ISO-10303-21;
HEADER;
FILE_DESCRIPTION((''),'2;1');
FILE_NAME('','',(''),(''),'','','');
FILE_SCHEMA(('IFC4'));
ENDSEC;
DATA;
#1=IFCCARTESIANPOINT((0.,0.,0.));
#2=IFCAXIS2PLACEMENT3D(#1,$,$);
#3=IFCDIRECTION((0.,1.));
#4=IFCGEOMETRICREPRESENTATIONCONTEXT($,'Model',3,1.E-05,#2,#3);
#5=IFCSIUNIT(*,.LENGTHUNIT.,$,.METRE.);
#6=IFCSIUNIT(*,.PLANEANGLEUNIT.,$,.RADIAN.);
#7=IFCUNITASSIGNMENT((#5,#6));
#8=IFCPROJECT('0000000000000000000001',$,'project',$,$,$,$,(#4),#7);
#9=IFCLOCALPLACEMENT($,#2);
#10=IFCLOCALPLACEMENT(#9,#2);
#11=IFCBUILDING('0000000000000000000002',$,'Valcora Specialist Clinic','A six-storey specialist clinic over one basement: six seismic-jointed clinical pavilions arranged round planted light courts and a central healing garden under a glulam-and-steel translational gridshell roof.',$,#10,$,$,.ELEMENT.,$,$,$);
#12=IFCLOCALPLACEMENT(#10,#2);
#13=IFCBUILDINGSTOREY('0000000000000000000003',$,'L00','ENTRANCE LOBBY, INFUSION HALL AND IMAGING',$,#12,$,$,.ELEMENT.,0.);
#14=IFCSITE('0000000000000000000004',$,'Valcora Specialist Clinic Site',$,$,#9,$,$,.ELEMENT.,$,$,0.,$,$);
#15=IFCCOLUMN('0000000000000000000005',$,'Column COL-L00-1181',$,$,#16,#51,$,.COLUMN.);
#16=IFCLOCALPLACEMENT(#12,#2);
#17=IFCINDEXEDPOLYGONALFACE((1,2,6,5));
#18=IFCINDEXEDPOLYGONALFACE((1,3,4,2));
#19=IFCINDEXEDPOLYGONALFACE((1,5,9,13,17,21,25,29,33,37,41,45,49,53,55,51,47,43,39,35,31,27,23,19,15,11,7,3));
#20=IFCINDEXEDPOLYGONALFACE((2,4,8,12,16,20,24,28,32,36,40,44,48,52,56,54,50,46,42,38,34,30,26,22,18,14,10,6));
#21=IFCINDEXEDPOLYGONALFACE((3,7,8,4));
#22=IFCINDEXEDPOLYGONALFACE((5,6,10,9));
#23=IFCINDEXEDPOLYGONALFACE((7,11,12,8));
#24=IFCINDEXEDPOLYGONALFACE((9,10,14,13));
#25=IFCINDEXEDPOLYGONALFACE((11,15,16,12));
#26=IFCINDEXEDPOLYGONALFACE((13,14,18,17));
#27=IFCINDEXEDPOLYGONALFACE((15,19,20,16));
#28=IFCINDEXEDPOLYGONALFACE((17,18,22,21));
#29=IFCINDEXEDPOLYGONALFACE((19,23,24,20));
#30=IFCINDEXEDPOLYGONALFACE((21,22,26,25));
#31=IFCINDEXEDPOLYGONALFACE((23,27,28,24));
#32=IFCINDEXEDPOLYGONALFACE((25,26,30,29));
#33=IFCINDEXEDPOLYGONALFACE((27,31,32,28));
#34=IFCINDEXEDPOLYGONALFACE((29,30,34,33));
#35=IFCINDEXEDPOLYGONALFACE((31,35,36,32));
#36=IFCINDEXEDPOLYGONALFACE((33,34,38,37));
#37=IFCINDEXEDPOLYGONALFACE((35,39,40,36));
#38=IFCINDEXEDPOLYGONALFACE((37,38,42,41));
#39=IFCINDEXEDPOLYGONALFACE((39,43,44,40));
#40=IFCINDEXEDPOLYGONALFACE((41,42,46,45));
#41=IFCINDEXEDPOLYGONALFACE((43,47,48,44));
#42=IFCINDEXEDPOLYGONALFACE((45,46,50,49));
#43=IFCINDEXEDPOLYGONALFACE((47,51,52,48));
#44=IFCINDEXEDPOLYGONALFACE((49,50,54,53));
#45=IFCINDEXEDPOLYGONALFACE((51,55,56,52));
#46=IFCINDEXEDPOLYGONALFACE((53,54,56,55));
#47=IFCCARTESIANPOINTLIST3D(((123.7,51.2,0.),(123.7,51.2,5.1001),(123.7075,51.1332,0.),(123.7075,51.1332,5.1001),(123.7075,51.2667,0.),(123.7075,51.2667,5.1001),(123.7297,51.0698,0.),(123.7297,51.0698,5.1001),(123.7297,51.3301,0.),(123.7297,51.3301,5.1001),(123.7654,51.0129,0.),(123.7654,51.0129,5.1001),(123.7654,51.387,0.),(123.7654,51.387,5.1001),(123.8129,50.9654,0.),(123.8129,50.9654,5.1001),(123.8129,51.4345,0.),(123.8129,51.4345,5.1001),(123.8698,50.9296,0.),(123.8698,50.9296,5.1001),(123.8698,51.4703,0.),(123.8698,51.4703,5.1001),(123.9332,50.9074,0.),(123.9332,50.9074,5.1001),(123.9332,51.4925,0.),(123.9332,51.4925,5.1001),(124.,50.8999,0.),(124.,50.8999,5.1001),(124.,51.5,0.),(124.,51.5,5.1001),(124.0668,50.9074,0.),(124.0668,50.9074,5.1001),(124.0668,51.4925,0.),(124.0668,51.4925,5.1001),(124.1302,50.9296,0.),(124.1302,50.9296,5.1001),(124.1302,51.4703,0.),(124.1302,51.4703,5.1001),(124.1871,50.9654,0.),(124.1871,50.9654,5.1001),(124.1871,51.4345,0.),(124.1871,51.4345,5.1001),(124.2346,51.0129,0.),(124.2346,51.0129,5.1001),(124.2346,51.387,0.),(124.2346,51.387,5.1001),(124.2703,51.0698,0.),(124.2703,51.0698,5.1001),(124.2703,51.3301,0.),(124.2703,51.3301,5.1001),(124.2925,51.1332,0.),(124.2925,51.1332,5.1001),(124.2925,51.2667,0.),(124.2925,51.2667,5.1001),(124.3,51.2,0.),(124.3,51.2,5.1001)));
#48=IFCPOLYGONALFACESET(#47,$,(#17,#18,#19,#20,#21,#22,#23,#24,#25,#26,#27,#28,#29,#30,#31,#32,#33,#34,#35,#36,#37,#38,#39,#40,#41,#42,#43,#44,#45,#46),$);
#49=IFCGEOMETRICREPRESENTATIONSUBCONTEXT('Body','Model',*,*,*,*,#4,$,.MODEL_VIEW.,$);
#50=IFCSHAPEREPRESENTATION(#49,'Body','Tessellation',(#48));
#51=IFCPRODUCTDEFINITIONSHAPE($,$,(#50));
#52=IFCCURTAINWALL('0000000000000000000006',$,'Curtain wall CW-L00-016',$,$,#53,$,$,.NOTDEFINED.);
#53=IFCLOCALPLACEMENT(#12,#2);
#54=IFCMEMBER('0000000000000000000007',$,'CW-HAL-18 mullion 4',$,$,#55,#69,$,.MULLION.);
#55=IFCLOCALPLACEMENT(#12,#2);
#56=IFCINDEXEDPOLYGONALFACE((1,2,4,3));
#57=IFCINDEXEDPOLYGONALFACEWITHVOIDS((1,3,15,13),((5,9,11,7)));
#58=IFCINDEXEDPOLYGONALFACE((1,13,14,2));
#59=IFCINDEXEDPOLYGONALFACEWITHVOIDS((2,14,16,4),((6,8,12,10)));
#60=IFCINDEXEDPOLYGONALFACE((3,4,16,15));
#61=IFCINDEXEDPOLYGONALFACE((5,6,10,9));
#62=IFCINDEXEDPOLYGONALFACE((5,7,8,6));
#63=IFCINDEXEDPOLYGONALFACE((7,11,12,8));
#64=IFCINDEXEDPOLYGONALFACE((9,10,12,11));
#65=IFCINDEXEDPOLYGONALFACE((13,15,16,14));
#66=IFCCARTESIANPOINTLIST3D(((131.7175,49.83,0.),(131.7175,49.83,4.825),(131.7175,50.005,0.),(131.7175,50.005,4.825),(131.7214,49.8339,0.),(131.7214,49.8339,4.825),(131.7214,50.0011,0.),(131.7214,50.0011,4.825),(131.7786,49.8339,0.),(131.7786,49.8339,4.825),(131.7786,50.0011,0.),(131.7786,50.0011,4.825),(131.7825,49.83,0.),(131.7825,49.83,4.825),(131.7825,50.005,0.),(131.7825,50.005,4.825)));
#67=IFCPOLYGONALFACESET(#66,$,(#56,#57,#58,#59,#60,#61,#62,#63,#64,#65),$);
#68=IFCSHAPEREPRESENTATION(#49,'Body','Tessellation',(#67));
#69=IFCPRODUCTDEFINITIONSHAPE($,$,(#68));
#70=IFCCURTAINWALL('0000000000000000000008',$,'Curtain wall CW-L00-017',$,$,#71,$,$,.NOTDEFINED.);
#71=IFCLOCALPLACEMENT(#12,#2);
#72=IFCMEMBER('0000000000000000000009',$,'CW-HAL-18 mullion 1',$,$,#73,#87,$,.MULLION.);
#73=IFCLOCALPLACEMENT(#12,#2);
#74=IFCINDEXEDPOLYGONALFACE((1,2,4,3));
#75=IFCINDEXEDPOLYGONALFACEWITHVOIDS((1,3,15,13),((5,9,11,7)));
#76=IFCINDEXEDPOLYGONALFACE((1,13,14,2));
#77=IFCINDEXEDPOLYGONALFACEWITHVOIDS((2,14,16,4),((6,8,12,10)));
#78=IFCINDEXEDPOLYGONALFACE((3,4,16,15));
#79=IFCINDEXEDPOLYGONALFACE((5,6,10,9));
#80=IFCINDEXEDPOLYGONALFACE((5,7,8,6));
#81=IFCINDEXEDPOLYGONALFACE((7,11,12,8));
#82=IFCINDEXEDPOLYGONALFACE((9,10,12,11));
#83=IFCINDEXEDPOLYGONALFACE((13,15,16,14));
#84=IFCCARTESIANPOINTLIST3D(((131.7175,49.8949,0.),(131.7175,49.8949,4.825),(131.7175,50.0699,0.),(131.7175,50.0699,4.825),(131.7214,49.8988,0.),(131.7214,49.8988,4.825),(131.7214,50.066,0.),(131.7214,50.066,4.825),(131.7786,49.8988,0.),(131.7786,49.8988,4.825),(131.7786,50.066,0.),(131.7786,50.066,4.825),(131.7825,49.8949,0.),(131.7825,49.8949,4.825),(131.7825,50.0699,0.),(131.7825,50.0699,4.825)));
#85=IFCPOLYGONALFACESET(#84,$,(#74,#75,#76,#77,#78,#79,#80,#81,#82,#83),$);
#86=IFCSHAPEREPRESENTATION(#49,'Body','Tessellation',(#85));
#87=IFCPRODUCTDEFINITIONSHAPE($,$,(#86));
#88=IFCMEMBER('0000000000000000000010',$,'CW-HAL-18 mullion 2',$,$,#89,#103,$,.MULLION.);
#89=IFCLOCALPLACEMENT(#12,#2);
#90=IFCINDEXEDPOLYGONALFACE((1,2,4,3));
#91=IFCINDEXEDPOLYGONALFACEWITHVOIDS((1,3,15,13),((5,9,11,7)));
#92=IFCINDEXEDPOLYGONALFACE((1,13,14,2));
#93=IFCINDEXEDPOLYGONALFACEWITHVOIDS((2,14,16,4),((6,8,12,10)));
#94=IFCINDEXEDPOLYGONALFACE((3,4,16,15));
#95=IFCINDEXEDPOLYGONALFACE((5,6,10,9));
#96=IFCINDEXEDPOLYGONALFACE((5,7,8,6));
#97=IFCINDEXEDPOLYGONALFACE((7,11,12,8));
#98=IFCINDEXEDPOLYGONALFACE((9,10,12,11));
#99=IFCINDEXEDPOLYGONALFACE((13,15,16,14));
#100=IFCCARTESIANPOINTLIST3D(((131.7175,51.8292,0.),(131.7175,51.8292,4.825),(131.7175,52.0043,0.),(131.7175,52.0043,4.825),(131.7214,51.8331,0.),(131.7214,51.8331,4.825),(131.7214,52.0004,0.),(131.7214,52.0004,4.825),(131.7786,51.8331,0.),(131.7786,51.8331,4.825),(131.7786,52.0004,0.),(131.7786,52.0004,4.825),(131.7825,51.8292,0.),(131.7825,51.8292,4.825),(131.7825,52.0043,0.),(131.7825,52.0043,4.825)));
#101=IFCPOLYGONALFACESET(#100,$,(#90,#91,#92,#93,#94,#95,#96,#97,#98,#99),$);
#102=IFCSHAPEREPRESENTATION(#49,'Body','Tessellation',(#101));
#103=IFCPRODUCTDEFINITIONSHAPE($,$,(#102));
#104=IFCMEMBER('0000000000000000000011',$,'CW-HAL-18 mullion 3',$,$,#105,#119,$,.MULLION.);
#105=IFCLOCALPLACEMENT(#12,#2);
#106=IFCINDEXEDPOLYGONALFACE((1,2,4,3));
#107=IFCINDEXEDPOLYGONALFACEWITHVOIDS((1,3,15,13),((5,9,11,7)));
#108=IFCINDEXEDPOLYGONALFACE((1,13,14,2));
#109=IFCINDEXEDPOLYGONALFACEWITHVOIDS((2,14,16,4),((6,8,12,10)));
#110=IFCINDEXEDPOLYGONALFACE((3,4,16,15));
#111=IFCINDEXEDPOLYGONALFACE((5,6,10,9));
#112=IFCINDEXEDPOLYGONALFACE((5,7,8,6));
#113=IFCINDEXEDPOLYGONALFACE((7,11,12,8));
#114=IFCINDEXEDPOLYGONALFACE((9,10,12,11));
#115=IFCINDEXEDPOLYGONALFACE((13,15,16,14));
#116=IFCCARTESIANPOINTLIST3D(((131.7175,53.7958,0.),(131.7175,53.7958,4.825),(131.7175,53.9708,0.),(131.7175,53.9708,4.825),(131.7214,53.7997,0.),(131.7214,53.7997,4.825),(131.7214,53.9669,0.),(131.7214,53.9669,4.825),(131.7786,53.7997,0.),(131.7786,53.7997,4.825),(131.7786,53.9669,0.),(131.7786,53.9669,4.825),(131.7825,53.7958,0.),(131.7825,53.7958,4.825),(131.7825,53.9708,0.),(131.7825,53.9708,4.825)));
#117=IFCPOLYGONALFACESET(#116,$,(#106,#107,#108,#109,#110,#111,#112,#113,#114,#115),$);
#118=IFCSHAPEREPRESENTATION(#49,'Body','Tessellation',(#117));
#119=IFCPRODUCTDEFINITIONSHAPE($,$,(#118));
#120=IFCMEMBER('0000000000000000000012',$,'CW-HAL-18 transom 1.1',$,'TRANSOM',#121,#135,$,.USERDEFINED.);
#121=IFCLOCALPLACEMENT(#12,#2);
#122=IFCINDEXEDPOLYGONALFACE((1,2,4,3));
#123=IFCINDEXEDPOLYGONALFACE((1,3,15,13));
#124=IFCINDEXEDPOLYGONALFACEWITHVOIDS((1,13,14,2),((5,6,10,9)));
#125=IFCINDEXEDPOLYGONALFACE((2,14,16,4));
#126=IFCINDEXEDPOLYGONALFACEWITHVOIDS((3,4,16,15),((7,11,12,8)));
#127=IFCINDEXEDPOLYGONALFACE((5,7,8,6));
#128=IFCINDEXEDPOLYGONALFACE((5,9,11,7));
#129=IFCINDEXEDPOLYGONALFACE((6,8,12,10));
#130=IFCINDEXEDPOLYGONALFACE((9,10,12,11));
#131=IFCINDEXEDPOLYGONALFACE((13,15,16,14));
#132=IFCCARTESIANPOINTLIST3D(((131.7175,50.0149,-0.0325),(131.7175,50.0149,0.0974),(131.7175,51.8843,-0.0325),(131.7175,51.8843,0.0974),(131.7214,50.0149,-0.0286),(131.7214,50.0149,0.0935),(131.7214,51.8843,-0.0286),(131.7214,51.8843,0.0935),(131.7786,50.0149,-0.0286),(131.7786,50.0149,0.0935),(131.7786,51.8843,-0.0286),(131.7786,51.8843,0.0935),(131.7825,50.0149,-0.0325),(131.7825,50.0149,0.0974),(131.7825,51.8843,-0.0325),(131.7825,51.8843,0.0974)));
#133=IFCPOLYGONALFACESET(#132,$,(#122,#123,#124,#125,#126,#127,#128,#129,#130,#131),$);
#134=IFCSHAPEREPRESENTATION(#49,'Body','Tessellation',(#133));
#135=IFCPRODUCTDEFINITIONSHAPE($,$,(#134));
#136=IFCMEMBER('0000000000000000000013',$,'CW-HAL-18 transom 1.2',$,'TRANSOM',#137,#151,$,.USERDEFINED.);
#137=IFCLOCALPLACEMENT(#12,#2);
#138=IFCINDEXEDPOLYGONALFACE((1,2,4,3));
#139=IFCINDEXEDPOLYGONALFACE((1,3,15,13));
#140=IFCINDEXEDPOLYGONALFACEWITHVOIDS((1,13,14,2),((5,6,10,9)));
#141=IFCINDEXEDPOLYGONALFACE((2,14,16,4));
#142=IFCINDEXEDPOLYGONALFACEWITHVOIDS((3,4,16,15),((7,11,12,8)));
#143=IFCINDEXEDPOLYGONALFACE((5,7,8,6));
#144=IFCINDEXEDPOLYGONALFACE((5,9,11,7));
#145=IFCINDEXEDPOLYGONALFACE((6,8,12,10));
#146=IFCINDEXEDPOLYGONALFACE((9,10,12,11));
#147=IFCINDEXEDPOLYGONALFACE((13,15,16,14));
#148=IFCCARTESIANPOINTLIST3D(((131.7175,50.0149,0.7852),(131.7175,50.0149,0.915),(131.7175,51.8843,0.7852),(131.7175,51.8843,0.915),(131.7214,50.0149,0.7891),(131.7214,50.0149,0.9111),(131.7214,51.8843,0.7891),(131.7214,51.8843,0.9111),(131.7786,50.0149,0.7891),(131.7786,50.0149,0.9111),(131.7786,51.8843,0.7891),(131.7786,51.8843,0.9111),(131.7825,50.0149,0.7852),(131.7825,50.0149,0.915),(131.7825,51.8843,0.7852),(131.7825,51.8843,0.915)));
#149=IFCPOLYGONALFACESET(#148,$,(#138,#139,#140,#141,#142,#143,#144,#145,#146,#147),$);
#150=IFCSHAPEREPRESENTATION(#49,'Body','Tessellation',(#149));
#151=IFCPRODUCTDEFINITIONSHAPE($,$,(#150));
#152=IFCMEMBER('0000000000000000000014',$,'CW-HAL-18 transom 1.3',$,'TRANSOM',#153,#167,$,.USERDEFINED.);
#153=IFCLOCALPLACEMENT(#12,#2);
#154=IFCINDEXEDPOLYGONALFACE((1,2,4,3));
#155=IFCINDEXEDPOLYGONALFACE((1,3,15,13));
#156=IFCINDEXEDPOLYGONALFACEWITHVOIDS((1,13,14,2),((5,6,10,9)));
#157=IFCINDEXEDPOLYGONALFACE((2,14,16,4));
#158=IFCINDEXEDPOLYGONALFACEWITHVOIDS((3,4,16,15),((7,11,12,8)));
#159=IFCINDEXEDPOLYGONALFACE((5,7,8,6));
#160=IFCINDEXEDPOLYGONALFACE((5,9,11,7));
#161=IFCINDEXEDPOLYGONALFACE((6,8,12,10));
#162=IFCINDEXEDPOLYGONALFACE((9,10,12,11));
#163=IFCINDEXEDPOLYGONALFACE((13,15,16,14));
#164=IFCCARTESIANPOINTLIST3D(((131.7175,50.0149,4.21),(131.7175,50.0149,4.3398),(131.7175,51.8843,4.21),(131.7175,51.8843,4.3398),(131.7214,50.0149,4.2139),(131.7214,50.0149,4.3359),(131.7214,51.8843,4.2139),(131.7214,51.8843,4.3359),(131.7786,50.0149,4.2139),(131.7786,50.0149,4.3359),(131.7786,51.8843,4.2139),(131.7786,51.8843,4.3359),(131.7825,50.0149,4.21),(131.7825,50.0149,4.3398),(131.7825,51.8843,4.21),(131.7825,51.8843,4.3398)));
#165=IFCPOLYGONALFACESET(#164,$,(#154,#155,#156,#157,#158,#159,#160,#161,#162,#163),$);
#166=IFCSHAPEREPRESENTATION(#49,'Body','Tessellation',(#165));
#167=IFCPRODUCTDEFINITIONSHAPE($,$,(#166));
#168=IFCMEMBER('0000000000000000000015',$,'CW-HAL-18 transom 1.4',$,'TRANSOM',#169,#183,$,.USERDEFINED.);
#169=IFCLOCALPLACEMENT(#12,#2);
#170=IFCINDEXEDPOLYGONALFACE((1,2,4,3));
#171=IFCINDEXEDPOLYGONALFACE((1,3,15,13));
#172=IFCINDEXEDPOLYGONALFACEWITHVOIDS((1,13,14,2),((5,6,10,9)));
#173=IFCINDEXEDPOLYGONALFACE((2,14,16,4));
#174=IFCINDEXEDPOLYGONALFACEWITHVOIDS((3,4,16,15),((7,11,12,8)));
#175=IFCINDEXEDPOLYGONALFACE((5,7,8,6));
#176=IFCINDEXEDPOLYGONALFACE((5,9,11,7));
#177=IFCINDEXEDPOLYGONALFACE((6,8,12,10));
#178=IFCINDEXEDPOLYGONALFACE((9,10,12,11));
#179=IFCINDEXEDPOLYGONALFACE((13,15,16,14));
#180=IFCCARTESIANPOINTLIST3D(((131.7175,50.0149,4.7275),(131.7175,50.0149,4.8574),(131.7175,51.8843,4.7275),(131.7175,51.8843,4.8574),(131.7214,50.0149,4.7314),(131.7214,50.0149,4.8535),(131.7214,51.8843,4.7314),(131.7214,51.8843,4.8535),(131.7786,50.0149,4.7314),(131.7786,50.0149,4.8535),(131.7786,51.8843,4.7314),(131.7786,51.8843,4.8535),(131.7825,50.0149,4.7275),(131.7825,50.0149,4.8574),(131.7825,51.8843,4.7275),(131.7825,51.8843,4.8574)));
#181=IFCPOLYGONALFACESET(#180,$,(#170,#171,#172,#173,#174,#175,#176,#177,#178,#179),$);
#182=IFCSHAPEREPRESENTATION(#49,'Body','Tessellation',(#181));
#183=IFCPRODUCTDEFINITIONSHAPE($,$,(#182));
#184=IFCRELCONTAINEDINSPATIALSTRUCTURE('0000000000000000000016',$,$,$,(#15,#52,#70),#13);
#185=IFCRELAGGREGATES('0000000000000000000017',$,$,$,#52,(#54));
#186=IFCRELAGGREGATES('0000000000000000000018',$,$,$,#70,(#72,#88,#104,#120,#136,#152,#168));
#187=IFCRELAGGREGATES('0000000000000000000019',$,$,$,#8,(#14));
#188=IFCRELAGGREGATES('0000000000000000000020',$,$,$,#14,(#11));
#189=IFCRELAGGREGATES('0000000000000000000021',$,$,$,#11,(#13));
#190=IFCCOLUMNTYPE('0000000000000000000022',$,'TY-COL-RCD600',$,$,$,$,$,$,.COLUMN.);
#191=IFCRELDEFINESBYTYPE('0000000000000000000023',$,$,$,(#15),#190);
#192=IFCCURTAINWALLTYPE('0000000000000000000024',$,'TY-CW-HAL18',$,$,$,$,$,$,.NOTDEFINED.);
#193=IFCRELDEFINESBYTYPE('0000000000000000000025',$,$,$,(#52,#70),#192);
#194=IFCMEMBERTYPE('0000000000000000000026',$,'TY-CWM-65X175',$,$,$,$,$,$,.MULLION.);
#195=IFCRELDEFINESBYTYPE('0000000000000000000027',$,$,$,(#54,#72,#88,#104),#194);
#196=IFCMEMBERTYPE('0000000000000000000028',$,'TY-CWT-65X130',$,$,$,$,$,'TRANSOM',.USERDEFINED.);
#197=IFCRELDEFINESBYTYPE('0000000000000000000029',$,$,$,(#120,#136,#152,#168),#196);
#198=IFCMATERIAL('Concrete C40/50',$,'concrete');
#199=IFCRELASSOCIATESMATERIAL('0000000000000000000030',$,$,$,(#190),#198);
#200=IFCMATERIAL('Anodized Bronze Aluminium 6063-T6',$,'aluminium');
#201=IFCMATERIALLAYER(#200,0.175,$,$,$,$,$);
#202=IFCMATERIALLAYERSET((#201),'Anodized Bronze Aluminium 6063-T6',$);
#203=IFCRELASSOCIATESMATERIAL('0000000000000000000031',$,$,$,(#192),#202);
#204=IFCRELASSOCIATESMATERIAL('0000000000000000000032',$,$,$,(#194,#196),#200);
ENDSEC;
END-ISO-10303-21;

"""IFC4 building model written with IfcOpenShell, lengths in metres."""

from ifc_helpers import new_model, si_unit, direction, frame, origin, origin_2d, place, context, subcontext, project, spatial, hollow_rectangle, circle, extrude, material, layer, layer_set, material_profile, profile_set, type_object, element, aggregate, save


model = new_model("IFC4")

# Units and contexts
model_context = context("Model", 3, precision=1e-05, world=origin(), true_north=direction((0.0, 1.0)))
body_context = subcontext(model_context, "Body", "Model", "MODEL_VIEW")
ifc_project = project(units=[si_unit("LENGTHUNIT", "METRE"), si_unit("PLANEANGLEUNIT", "RADIAN")], contexts=[model_context])

# Site, building, storey
site_placement = place(None, origin())
site = spatial("IfcSite", under=ifc_project, at=site_placement, Name="Valcora Specialist Clinic Site", CompositionType="ELEMENT", RefElevation=0.0)
building_placement = place(site_placement, origin())
building = spatial("IfcBuilding", under=site, at=building_placement, Name="Valcora Specialist Clinic", Description="A six-storey specialist clinic over one basement: six seismic-jointed clinical pavilions arranged round planted light courts and a central healing garden under a glulam-and-steel translational gridshell roof.", CompositionType="ELEMENT")
storey_placement = place(building_placement, origin())
storey = spatial("IfcBuildingStorey", under=building, at=storey_placement, Name="L00", Description="ENTRANCE LOBBY, INFUSION HALL AND IMAGING", CompositionType="ELEMENT", Elevation=0.0)

# Column
ifc_material_1 = material(Name="Concrete C40/50", Category="concrete")
ifc_material_profile_1 = material_profile(ifc_material_1, circle(Radius=0.3, at=origin_2d()), Name="RC-COL-D600")
ifc_profile_set_1 = profile_set([ifc_material_profile_1], Name="Concrete C40/50")
column_type = type_object("IfcColumnType", Name="TY-COL-RCD600", PredefinedType="COLUMN", material=ifc_profile_set_1)
column_placement = place(storey_placement, frame((124.0, 51.2, 0.0), z_axis=(0.0, 0.0, 1.0), x_axis=(1.0, 0.0, 0.0)))
element("IfcColumn", 1, at=column_placement, inside=storey, type_object=column_type, Name="Column COL-L00-1181", PredefinedType="COLUMN", context=body_context, shape_type="SweptSolid", body=[
    extrude(circle(Radius=0.3, at=origin_2d()), origin(), (0.0, 0.0, 1.0), 5.1001),
])

# Curtain wall, member
ifc_material_2 = material(Name="Anodized Bronze Aluminium 6063-T6", Category="aluminium")
ifc_layer_1 = layer(ifc_material_2, 0.175)
ifc_layer_set_1 = layer_set([ifc_layer_1], Name="Anodized Bronze Aluminium 6063-T6")
curtain_wall_type = type_object("IfcCurtainWallType", Name="TY-CW-HAL18", PredefinedType="NOTDEFINED", material=ifc_layer_set_1)
curtain_wall_1_placement = place(storey_placement, origin())
curtain_wall_1 = element("IfcCurtainWall", 2, at=curtain_wall_1_placement, inside=storey, type_object=curtain_wall_type, Name="Curtain wall CW-L00-016", PredefinedType="NOTDEFINED")
ifc_material_profile_2 = material_profile(ifc_material_2, hollow_rectangle(XDim=0.0649, YDim=0.175, WallThickness=0.0039, at=origin_2d()), Name="AL-MUL-65X175")
ifc_profile_set_2 = profile_set([ifc_material_profile_2], Name="Anodized Bronze Aluminium 6063-T6")
member_type_1 = type_object("IfcMemberType", Name="TY-CWM-65X175", PredefinedType="MULLION", material=ifc_profile_set_2)
member_1_placement = place(storey_placement, frame((131.75, 49.9175, 0.0), z_axis=(0.0, 0.0, 1.0), x_axis=(-1.0, 0.0, 0.0)))
member_1 = element("IfcMember", 3, at=member_1_placement, type_object=member_type_1, Name="CW-HAL-18 mullion 4", PredefinedType="MULLION", context=body_context, shape_type="SweptSolid", body=[
    extrude(hollow_rectangle(XDim=0.0649, YDim=0.175, WallThickness=0.0039, at=origin_2d()), origin(), (0.0, 0.0, 1.0), 4.825),
])
aggregate(curtain_wall_1, [member_1])

# Curtain wall, members
curtain_wall_2_placement = place(storey_placement, origin())
curtain_wall_2 = element("IfcCurtainWall", 4, at=curtain_wall_2_placement, inside=storey, type_object=curtain_wall_type, Name="Curtain wall CW-L00-017", PredefinedType="NOTDEFINED")
member_2_placement = place(storey_placement, frame((131.75, 49.9824, 0.0), z_axis=(0.0, 0.0, 1.0), x_axis=(-1.0, 0.0, 0.0)))
member_2 = element("IfcMember", 5, at=member_2_placement, type_object=member_type_1, Name="CW-HAL-18 mullion 1", PredefinedType="MULLION", context=body_context, shape_type="SweptSolid", body=[
    extrude(hollow_rectangle(XDim=0.0649, YDim=0.175, WallThickness=0.0039, at=origin_2d()), origin(), (0.0, 0.0, 1.0), 4.825),
])
member_3_placement = place(storey_placement, frame((131.75, 51.9167, 0.0), z_axis=(0.0, 0.0, 1.0), x_axis=(-1.0, 0.0, 0.0)))
member_3 = element("IfcMember", 6, at=member_3_placement, type_object=member_type_1, Name="CW-HAL-18 mullion 2", PredefinedType="MULLION", context=body_context, shape_type="SweptSolid", body=[
    extrude(hollow_rectangle(XDim=0.0649, YDim=0.175, WallThickness=0.0039, at=origin_2d()), origin(), (0.0, 0.0, 1.0), 4.825),
])
member_4_placement = place(storey_placement, frame((131.75, 53.8833, 0.0), z_axis=(0.0, 0.0, 1.0), x_axis=(-1.0, 0.0, 0.0)))
member_4 = element("IfcMember", 7, at=member_4_placement, type_object=member_type_1, Name="CW-HAL-18 mullion 3", PredefinedType="MULLION", context=body_context, shape_type="SweptSolid", body=[
    extrude(hollow_rectangle(XDim=0.0649, YDim=0.175, WallThickness=0.0039, at=origin_2d()), origin(), (0.0, 0.0, 1.0), 4.825),
])
ifc_material_profile_3 = material_profile(ifc_material_2, hollow_rectangle(XDim=0.0649, YDim=0.1299, WallThickness=0.0039, at=origin_2d()), Name="AL-TRN-65X130")
ifc_profile_set_3 = profile_set([ifc_material_profile_3], Name="Anodized Bronze Aluminium 6063-T6")
member_type_2 = type_object("IfcMemberType", Name="TY-CWT-65X130", ElementType="TRANSOM", PredefinedType="USERDEFINED", material=ifc_profile_set_3)
member_5_placement = place(storey_placement, frame((131.75, 50.0149, 0.0325), z_axis=(0.0, 1.0, 0.0), x_axis=(-1.0, 0.0, 0.0)))
member_5 = element("IfcMember", 8, at=member_5_placement, type_object=member_type_2, Name="CW-HAL-18 transom 1.1", ObjectType="TRANSOM", PredefinedType="USERDEFINED", context=body_context, shape_type="SweptSolid", body=[
    extrude(hollow_rectangle(XDim=0.0649, YDim=0.1299, WallThickness=0.0039, at=origin_2d()), origin(), (0.0, 0.0, 1.0), 1.8694),
])
member_6_placement = place(storey_placement, frame((131.75, 50.0149, 0.8501), z_axis=(0.0, 1.0, 0.0), x_axis=(-1.0, 0.0, 0.0)))
member_6 = element("IfcMember", 9, at=member_6_placement, type_object=member_type_2, Name="CW-HAL-18 transom 1.2", ObjectType="TRANSOM", PredefinedType="USERDEFINED", context=body_context, shape_type="SweptSolid", body=[
    extrude(hollow_rectangle(XDim=0.0649, YDim=0.1299, WallThickness=0.0039, at=origin_2d()), origin(), (0.0, 0.0, 1.0), 1.8694),
])
member_7_placement = place(storey_placement, frame((131.75, 50.0149, 4.2749), z_axis=(0.0, 1.0, 0.0), x_axis=(-1.0, 0.0, 0.0)))
member_7 = element("IfcMember", 10, at=member_7_placement, type_object=member_type_2, Name="CW-HAL-18 transom 1.3", ObjectType="TRANSOM", PredefinedType="USERDEFINED", context=body_context, shape_type="SweptSolid", body=[
    extrude(hollow_rectangle(XDim=0.0649, YDim=0.1299, WallThickness=0.0039, at=origin_2d()), origin(), (0.0, 0.0, 1.0), 1.8694),
])
member_8_placement = place(storey_placement, frame((131.75, 50.0149, 4.7925), z_axis=(0.0, 1.0, 0.0), x_axis=(-1.0, 0.0, 0.0)))
member_8 = element("IfcMember", 11, at=member_8_placement, type_object=member_type_2, Name="CW-HAL-18 transom 1.4", ObjectType="TRANSOM", PredefinedType="USERDEFINED", context=body_context, shape_type="SweptSolid", body=[
    extrude(hollow_rectangle(XDim=0.0649, YDim=0.1299, WallThickness=0.0039, at=origin_2d()), origin(), (0.0, 0.0, 1.0), 1.8694),
])
aggregate(curtain_wall_2, [member_2, member_3, member_4, member_5, member_6, member_7, member_8])

save(model, "model.ifc")
